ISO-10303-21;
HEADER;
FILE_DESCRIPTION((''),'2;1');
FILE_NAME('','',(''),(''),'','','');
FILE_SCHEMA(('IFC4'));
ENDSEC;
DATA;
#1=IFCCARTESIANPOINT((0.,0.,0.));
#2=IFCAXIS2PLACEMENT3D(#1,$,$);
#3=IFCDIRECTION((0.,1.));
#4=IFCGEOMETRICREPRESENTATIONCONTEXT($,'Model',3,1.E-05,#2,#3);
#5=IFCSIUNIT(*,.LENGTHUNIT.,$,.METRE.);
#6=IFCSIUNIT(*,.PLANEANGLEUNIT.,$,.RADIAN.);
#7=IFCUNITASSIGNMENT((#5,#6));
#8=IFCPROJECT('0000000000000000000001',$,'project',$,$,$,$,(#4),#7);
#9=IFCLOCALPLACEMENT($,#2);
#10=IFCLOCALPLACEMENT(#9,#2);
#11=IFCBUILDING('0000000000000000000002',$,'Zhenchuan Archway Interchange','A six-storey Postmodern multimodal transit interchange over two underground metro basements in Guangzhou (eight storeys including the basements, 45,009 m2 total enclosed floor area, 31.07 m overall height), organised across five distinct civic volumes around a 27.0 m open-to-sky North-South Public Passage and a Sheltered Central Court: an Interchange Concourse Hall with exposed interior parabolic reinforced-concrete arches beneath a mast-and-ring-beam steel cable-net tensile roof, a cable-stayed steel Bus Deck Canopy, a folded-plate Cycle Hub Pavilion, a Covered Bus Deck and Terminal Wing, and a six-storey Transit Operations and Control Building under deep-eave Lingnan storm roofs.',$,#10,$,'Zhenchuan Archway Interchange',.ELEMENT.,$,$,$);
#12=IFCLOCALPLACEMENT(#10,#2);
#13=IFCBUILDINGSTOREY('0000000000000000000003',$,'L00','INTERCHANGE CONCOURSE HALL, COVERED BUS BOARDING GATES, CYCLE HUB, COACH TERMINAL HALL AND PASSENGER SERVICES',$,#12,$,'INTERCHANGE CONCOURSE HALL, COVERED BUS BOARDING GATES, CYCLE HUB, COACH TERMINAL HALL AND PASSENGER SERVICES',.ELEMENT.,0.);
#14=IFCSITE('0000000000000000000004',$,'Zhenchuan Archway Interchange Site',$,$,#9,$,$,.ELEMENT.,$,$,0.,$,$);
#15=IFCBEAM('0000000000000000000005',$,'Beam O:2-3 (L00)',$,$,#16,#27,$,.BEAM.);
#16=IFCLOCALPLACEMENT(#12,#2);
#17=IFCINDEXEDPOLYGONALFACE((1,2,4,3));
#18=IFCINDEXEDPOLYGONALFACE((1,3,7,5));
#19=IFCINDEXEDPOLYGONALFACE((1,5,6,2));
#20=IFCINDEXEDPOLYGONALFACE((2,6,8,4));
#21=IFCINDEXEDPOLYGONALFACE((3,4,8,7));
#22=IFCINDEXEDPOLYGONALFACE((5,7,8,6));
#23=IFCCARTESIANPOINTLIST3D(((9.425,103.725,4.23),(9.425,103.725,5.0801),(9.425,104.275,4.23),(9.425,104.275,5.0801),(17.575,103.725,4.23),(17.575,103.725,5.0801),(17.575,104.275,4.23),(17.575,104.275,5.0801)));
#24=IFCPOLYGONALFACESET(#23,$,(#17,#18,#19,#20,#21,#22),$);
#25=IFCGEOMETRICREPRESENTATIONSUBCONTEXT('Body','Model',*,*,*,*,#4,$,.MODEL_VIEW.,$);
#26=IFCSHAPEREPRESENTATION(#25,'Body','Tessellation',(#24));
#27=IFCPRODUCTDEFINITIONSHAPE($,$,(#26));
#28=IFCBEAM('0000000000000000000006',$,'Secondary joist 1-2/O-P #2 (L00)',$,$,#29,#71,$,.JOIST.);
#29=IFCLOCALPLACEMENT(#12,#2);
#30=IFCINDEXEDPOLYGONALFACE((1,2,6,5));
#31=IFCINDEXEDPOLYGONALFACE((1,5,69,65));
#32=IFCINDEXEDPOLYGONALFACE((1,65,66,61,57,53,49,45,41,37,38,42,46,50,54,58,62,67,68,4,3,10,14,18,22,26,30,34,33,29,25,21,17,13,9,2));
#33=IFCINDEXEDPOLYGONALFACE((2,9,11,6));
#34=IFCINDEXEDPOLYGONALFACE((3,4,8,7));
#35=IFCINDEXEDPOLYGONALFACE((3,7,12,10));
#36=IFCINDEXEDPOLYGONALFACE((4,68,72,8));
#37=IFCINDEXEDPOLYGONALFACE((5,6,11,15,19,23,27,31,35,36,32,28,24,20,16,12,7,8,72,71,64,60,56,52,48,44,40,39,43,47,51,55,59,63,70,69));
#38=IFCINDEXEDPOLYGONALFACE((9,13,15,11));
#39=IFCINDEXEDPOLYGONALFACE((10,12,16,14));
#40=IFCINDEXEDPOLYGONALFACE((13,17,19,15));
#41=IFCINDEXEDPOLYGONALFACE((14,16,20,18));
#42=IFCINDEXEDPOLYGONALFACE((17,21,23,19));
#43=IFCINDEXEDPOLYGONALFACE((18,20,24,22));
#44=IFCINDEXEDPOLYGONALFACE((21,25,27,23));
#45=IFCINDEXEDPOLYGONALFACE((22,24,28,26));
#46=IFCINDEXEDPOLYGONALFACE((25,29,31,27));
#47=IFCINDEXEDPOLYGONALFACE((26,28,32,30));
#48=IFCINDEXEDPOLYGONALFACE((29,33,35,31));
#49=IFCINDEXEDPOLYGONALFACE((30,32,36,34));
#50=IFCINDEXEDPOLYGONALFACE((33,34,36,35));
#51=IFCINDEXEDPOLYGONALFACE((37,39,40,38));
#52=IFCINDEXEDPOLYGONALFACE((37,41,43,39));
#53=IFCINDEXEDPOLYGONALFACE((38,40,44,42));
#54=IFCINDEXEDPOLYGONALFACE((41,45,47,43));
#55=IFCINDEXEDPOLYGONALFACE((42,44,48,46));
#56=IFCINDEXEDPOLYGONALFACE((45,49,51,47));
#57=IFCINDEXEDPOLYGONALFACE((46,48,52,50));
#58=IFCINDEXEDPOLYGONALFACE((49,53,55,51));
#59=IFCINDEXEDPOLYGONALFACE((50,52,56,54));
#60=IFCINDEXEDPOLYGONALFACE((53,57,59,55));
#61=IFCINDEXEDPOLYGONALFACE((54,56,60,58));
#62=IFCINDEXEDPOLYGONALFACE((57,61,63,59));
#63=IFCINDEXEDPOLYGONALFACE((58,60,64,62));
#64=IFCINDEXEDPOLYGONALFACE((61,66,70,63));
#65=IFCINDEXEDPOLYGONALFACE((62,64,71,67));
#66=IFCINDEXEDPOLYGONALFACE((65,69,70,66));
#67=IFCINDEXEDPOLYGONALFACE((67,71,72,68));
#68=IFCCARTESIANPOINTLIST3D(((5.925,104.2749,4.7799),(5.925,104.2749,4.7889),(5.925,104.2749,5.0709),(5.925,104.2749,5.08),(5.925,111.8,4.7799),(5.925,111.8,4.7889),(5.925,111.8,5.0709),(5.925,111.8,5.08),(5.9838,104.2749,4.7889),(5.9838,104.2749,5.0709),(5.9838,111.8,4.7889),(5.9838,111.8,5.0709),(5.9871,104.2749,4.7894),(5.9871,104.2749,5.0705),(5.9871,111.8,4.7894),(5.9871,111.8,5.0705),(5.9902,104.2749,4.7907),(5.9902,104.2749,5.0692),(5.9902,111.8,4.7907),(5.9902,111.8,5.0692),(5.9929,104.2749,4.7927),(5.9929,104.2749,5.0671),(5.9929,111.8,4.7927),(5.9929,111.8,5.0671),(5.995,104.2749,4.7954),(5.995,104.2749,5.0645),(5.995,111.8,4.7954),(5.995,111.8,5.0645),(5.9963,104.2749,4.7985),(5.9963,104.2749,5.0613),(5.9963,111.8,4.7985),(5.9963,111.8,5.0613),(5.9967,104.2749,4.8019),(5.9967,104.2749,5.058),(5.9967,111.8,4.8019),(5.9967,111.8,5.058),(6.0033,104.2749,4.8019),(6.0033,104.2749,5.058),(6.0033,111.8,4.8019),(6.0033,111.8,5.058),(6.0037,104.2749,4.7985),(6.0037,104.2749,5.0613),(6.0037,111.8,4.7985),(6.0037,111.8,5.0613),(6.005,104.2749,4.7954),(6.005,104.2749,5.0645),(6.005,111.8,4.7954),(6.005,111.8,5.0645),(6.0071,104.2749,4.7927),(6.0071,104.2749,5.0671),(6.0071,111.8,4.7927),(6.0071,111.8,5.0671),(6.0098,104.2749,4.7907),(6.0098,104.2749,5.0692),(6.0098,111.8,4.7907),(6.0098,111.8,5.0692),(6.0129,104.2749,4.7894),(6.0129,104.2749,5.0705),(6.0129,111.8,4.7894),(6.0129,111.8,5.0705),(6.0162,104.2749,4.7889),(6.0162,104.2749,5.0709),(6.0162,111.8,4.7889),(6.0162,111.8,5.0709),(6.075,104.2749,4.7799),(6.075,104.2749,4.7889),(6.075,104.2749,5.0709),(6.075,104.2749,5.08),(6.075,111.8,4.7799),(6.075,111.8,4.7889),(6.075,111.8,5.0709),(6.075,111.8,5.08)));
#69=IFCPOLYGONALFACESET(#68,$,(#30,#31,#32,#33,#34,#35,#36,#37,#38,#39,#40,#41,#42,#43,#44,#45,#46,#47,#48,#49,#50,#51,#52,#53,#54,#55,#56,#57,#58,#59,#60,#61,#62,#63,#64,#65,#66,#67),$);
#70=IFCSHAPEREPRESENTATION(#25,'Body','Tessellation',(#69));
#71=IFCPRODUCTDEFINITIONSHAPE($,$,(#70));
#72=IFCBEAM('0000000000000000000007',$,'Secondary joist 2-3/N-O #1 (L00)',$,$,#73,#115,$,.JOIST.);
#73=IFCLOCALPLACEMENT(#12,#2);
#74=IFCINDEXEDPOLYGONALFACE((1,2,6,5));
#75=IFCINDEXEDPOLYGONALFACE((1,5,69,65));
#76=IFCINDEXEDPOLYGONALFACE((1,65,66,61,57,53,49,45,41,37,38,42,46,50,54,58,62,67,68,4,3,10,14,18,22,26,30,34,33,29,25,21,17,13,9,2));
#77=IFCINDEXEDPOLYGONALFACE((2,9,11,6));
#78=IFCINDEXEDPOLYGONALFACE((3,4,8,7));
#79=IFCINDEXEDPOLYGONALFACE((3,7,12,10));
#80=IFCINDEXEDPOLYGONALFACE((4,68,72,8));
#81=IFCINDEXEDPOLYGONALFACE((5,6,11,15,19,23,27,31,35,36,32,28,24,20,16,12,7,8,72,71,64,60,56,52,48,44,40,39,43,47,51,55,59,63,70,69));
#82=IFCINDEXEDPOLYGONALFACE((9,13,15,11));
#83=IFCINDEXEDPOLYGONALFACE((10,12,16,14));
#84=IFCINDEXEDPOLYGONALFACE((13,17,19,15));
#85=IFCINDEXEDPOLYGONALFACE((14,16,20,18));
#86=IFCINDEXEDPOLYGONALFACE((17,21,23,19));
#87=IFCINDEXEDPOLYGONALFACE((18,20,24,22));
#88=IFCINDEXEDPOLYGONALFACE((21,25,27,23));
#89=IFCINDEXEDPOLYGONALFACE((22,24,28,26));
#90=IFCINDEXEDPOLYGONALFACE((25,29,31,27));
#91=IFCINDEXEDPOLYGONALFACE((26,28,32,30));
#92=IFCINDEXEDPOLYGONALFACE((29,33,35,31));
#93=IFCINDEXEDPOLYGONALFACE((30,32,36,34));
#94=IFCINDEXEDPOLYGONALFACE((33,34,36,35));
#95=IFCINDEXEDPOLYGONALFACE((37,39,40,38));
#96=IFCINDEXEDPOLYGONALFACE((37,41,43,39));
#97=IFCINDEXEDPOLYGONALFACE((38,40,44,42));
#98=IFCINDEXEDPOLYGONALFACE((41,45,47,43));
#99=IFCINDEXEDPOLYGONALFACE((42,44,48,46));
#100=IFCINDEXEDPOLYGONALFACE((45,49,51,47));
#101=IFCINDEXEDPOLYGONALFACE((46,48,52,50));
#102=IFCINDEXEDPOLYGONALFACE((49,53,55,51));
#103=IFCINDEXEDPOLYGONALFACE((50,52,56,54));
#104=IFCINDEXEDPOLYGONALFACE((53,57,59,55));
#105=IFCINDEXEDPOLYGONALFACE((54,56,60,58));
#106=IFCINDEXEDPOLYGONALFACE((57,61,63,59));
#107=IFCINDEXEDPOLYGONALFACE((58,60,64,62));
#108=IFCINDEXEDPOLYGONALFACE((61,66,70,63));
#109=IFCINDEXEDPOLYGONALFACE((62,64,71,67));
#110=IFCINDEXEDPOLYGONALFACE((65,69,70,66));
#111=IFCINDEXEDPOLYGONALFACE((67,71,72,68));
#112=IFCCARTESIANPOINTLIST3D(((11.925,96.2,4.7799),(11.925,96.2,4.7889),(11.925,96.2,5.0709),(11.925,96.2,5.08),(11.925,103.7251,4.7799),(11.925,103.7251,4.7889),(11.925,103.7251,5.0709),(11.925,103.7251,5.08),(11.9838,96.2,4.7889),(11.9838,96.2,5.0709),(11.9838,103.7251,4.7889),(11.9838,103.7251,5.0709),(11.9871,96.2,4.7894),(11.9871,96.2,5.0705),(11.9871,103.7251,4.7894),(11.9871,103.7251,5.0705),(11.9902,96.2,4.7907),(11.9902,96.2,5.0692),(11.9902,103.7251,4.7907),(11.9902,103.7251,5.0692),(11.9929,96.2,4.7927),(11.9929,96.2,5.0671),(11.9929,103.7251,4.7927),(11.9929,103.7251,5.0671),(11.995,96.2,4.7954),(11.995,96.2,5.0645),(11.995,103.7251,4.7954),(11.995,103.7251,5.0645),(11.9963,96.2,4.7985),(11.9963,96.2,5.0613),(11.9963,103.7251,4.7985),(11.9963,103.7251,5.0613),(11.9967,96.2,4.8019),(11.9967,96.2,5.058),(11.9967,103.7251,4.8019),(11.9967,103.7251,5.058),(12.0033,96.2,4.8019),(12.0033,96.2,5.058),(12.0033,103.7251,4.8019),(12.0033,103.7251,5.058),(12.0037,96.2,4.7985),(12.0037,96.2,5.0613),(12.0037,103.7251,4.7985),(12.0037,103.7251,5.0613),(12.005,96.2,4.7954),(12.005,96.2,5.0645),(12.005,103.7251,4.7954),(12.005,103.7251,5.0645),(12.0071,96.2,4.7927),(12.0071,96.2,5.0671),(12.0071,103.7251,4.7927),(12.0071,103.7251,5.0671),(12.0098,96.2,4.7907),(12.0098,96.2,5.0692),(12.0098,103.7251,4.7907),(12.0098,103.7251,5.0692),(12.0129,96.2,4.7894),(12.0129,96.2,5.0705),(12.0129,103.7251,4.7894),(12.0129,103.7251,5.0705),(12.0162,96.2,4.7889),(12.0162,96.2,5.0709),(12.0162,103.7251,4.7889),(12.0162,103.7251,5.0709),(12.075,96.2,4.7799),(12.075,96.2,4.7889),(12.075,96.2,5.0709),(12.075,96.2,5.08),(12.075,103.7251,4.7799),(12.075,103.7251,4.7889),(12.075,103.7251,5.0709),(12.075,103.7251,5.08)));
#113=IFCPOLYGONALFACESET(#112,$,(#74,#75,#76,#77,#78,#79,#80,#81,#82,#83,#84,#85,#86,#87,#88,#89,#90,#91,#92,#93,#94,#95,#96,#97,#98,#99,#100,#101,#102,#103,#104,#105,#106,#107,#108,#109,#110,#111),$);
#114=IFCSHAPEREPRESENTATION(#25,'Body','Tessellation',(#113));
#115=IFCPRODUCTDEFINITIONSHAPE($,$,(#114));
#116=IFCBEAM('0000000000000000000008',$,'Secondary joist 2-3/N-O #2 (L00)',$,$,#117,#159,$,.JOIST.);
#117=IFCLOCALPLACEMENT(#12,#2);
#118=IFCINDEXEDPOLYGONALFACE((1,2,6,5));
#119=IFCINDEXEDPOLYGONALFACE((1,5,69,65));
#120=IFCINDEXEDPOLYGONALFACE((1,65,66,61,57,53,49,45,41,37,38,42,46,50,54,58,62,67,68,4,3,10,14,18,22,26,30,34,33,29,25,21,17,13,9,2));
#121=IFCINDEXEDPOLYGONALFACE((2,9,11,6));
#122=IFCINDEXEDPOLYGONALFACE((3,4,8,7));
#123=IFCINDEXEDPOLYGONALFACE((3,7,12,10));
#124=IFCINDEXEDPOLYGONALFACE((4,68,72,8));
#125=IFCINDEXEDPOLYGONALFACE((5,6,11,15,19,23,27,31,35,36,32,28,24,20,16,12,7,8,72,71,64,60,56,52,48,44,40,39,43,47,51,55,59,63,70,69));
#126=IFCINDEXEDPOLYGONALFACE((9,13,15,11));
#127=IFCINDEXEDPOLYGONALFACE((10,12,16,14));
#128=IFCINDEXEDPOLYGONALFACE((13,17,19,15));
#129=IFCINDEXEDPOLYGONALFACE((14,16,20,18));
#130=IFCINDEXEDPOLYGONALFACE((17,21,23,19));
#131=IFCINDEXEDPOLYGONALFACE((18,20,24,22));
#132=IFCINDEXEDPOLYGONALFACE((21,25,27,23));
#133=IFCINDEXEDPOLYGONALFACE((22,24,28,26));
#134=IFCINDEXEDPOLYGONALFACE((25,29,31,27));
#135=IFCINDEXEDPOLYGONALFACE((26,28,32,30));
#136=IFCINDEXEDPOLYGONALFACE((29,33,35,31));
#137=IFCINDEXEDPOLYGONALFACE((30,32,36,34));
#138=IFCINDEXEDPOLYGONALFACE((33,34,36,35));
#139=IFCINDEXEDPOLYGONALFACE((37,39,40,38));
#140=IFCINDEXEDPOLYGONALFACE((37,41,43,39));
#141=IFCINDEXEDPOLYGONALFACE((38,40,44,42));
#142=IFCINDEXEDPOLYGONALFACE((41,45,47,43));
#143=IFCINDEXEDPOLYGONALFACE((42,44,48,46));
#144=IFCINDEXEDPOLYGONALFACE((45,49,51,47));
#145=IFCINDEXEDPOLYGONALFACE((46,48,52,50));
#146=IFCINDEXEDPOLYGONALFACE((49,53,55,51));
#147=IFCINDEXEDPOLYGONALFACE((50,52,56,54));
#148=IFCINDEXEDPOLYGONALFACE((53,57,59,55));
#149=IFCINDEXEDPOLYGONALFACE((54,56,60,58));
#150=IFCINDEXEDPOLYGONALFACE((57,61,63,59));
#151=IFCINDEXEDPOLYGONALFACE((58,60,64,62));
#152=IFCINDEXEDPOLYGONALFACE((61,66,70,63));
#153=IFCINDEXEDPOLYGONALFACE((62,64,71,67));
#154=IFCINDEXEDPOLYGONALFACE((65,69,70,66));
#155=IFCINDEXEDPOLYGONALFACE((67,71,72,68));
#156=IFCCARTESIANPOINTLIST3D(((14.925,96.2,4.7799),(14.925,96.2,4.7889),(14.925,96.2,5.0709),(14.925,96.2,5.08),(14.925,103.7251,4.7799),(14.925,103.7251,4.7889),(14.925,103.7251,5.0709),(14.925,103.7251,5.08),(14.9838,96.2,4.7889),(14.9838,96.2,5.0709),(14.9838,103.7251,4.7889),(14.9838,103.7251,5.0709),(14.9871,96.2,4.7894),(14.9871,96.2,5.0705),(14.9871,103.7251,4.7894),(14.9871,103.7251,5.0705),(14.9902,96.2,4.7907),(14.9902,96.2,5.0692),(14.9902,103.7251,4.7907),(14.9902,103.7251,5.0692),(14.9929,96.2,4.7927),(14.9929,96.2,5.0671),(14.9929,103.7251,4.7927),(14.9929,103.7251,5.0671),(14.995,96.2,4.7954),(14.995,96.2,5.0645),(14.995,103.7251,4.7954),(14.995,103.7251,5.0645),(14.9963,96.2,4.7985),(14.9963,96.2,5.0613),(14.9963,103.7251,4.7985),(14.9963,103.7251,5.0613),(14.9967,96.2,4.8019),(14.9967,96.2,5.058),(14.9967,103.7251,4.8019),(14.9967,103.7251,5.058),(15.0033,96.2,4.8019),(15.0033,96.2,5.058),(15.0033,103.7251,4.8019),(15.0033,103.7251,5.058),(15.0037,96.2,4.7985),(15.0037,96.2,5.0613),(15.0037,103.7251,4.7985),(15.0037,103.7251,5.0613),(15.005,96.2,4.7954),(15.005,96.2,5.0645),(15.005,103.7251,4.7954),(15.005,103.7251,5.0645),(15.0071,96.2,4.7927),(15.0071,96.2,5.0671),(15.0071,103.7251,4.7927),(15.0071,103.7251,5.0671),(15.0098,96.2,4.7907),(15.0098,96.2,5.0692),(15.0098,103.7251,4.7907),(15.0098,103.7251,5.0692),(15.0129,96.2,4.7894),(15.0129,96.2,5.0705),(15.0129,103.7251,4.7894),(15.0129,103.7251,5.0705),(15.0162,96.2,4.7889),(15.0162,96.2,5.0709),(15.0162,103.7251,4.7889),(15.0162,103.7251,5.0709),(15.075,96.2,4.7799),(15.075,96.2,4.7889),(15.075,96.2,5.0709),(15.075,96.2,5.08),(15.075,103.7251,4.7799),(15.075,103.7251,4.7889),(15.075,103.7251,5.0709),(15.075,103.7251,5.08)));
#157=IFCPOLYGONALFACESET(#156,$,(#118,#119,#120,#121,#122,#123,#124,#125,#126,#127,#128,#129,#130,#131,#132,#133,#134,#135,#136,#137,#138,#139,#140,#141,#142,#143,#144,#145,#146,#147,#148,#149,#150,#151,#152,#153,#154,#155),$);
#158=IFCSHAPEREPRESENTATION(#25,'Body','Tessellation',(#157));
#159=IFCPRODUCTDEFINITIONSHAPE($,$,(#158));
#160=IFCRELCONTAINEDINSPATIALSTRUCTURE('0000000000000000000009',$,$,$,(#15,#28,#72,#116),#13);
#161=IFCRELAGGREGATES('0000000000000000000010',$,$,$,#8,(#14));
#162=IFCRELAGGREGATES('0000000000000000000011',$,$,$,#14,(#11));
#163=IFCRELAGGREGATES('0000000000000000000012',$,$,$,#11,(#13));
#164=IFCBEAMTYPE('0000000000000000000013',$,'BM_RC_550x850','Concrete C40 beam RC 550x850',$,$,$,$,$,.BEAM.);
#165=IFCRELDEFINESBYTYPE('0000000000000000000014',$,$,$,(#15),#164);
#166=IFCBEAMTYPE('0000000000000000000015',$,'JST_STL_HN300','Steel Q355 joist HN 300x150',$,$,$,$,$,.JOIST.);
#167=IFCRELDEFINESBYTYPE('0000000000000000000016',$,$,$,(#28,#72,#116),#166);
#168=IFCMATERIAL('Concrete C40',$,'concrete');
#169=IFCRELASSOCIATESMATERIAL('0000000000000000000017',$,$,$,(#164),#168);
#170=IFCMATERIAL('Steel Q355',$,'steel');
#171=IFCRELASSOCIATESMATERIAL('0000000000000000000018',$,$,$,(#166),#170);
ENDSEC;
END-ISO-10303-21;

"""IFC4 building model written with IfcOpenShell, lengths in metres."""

from ifc_helpers import new_model, si_unit, direction, frame, origin, origin_2d, place, context, subcontext, project, spatial, rectangle, i_section, extrude, material, material_profile, profile_set, type_object, element, save


model = new_model("IFC4")

# Units and contexts
model_context = context("Model", 3, precision=1e-05, world=origin(), true_north=direction((0.0, 1.0)))
body_context = subcontext(model_context, "Body", "Model", "MODEL_VIEW")
ifc_project = project(units=[si_unit("LENGTHUNIT", "METRE"), si_unit("PLANEANGLEUNIT", "RADIAN")], contexts=[model_context])

# Site, building, storey
site_placement = place(None, origin())
site = spatial("IfcSite", under=ifc_project, at=site_placement, Name="Zhenchuan Archway Interchange Site", CompositionType="ELEMENT", RefElevation=0.0)
building_placement = place(site_placement, origin())
building = spatial("IfcBuilding", under=site, at=building_placement, Name="Zhenchuan Archway Interchange", Description="A six-storey Postmodern multimodal transit interchange over two underground metro basements in Guangzhou (eight storeys including the basements, 45,009 m2 total enclosed floor area, 31.07 m overall height), organised across five distinct civic volumes around a 27.0 m open-to-sky North-South Public Passage and a Sheltered Central Court: an Interchange Concourse Hall with exposed interior parabolic reinforced-concrete arches beneath a mast-and-ring-beam steel cable-net tensile roof, a cable-stayed steel Bus Deck Canopy, a folded-plate Cycle Hub Pavilion, a Covered Bus Deck and Terminal Wing, and a six-storey Transit Operations and Control Building under deep-eave Lingnan storm roofs.", LongName="Zhenchuan Archway Interchange", CompositionType="ELEMENT")
storey_placement = place(building_placement, origin())
storey = spatial("IfcBuildingStorey", under=building, at=storey_placement, Name="L00", Description="INTERCHANGE CONCOURSE HALL, COVERED BUS BOARDING GATES, CYCLE HUB, COACH TERMINAL HALL AND PASSENGER SERVICES", LongName="INTERCHANGE CONCOURSE HALL, COVERED BUS BOARDING GATES, CYCLE HUB, COACH TERMINAL HALL AND PASSENGER SERVICES", CompositionType="ELEMENT", Elevation=0.0)

# Shared definitions
ifc_material_1 = material(Name="Concrete C40", Category="concrete")

# Beams
ifc_material_profile_1 = material_profile(ifc_material_1, rectangle(XDim=0.55, YDim=0.8501, at=origin_2d()), Name="RC 550x850")
ifc_profile_set_1 = profile_set([ifc_material_profile_1], Name="Concrete C40")
beam_type_1 = type_object("IfcBeamType", Name="BM_RC_550x850", Description="Concrete C40 beam RC 550x850", PredefinedType="BEAM", material=ifc_profile_set_1)
beam_1_placement = place(storey_placement, frame((9.425, 104.0, 4.655), z_axis=(1.0, 0.0, 0.0), x_axis=(0.0, 1.0, 0.0)))
element("IfcBeam", 1, at=beam_1_placement, inside=storey, type_object=beam_type_1, Name="Beam O:2-3 (L00)", PredefinedType="BEAM", context=body_context, shape_type="SweptSolid", body=[
    extrude(rectangle(XDim=0.55, YDim=0.8501, at=origin_2d()), origin(), (0.0, 0.0, 1.0), 8.1499),
])
ifc_material_2 = material(Name="Steel Q355", Category="steel")
ifc_material_profile_2 = material_profile(ifc_material_2, i_section(OverallWidth=0.1499, OverallDepth=0.3, WebThickness=0.0066, FlangeThickness=0.009, FilletRadius=0.0129, at=origin_2d()), Name="HN 300x150")
ifc_profile_set_2 = profile_set([ifc_material_profile_2], Name="Steel Q355")
beam_type_2 = type_object("IfcBeamType", Name="JST_STL_HN300", Description="Steel Q355 joist HN 300x150", PredefinedType="JOIST", material=ifc_profile_set_2)
for number, where, z_axis, x_axis, name in (
    (2, (6.0, 104.2749, 4.9299), (0.0, 1.0, 0.0), (-1.0, 0.0, 0.0), "Secondary joist 1-2/O-P #2 (L00)"),
    (3, (12.0, 96.2, 4.9299), (0.0, 1.0, 0.0), (-1.0, 0.0, 0.0), "Secondary joist 2-3/N-O #1 (L00)"),
    (4, (15.0, 96.2, 4.9299), (0.0, 1.0, 0.0), (-1.0, 0.0, 0.0), "Secondary joist 2-3/N-O #2 (L00)"),
):
    element("IfcBeam", number, at=place(storey_placement, frame(where, z_axis=z_axis, x_axis=x_axis)), inside=storey, type_object=beam_type_2, Name=name, PredefinedType="JOIST", context=body_context, shape_type="SweptSolid", body=[
        extrude(i_section(OverallWidth=0.1499, OverallDepth=0.3, WebThickness=0.0066, FlangeThickness=0.009, FilletRadius=0.0129, at=origin_2d()), origin(), (0.0, 0.0, 1.0), 7.5251),
    ])

save(model, "model.ifc")
